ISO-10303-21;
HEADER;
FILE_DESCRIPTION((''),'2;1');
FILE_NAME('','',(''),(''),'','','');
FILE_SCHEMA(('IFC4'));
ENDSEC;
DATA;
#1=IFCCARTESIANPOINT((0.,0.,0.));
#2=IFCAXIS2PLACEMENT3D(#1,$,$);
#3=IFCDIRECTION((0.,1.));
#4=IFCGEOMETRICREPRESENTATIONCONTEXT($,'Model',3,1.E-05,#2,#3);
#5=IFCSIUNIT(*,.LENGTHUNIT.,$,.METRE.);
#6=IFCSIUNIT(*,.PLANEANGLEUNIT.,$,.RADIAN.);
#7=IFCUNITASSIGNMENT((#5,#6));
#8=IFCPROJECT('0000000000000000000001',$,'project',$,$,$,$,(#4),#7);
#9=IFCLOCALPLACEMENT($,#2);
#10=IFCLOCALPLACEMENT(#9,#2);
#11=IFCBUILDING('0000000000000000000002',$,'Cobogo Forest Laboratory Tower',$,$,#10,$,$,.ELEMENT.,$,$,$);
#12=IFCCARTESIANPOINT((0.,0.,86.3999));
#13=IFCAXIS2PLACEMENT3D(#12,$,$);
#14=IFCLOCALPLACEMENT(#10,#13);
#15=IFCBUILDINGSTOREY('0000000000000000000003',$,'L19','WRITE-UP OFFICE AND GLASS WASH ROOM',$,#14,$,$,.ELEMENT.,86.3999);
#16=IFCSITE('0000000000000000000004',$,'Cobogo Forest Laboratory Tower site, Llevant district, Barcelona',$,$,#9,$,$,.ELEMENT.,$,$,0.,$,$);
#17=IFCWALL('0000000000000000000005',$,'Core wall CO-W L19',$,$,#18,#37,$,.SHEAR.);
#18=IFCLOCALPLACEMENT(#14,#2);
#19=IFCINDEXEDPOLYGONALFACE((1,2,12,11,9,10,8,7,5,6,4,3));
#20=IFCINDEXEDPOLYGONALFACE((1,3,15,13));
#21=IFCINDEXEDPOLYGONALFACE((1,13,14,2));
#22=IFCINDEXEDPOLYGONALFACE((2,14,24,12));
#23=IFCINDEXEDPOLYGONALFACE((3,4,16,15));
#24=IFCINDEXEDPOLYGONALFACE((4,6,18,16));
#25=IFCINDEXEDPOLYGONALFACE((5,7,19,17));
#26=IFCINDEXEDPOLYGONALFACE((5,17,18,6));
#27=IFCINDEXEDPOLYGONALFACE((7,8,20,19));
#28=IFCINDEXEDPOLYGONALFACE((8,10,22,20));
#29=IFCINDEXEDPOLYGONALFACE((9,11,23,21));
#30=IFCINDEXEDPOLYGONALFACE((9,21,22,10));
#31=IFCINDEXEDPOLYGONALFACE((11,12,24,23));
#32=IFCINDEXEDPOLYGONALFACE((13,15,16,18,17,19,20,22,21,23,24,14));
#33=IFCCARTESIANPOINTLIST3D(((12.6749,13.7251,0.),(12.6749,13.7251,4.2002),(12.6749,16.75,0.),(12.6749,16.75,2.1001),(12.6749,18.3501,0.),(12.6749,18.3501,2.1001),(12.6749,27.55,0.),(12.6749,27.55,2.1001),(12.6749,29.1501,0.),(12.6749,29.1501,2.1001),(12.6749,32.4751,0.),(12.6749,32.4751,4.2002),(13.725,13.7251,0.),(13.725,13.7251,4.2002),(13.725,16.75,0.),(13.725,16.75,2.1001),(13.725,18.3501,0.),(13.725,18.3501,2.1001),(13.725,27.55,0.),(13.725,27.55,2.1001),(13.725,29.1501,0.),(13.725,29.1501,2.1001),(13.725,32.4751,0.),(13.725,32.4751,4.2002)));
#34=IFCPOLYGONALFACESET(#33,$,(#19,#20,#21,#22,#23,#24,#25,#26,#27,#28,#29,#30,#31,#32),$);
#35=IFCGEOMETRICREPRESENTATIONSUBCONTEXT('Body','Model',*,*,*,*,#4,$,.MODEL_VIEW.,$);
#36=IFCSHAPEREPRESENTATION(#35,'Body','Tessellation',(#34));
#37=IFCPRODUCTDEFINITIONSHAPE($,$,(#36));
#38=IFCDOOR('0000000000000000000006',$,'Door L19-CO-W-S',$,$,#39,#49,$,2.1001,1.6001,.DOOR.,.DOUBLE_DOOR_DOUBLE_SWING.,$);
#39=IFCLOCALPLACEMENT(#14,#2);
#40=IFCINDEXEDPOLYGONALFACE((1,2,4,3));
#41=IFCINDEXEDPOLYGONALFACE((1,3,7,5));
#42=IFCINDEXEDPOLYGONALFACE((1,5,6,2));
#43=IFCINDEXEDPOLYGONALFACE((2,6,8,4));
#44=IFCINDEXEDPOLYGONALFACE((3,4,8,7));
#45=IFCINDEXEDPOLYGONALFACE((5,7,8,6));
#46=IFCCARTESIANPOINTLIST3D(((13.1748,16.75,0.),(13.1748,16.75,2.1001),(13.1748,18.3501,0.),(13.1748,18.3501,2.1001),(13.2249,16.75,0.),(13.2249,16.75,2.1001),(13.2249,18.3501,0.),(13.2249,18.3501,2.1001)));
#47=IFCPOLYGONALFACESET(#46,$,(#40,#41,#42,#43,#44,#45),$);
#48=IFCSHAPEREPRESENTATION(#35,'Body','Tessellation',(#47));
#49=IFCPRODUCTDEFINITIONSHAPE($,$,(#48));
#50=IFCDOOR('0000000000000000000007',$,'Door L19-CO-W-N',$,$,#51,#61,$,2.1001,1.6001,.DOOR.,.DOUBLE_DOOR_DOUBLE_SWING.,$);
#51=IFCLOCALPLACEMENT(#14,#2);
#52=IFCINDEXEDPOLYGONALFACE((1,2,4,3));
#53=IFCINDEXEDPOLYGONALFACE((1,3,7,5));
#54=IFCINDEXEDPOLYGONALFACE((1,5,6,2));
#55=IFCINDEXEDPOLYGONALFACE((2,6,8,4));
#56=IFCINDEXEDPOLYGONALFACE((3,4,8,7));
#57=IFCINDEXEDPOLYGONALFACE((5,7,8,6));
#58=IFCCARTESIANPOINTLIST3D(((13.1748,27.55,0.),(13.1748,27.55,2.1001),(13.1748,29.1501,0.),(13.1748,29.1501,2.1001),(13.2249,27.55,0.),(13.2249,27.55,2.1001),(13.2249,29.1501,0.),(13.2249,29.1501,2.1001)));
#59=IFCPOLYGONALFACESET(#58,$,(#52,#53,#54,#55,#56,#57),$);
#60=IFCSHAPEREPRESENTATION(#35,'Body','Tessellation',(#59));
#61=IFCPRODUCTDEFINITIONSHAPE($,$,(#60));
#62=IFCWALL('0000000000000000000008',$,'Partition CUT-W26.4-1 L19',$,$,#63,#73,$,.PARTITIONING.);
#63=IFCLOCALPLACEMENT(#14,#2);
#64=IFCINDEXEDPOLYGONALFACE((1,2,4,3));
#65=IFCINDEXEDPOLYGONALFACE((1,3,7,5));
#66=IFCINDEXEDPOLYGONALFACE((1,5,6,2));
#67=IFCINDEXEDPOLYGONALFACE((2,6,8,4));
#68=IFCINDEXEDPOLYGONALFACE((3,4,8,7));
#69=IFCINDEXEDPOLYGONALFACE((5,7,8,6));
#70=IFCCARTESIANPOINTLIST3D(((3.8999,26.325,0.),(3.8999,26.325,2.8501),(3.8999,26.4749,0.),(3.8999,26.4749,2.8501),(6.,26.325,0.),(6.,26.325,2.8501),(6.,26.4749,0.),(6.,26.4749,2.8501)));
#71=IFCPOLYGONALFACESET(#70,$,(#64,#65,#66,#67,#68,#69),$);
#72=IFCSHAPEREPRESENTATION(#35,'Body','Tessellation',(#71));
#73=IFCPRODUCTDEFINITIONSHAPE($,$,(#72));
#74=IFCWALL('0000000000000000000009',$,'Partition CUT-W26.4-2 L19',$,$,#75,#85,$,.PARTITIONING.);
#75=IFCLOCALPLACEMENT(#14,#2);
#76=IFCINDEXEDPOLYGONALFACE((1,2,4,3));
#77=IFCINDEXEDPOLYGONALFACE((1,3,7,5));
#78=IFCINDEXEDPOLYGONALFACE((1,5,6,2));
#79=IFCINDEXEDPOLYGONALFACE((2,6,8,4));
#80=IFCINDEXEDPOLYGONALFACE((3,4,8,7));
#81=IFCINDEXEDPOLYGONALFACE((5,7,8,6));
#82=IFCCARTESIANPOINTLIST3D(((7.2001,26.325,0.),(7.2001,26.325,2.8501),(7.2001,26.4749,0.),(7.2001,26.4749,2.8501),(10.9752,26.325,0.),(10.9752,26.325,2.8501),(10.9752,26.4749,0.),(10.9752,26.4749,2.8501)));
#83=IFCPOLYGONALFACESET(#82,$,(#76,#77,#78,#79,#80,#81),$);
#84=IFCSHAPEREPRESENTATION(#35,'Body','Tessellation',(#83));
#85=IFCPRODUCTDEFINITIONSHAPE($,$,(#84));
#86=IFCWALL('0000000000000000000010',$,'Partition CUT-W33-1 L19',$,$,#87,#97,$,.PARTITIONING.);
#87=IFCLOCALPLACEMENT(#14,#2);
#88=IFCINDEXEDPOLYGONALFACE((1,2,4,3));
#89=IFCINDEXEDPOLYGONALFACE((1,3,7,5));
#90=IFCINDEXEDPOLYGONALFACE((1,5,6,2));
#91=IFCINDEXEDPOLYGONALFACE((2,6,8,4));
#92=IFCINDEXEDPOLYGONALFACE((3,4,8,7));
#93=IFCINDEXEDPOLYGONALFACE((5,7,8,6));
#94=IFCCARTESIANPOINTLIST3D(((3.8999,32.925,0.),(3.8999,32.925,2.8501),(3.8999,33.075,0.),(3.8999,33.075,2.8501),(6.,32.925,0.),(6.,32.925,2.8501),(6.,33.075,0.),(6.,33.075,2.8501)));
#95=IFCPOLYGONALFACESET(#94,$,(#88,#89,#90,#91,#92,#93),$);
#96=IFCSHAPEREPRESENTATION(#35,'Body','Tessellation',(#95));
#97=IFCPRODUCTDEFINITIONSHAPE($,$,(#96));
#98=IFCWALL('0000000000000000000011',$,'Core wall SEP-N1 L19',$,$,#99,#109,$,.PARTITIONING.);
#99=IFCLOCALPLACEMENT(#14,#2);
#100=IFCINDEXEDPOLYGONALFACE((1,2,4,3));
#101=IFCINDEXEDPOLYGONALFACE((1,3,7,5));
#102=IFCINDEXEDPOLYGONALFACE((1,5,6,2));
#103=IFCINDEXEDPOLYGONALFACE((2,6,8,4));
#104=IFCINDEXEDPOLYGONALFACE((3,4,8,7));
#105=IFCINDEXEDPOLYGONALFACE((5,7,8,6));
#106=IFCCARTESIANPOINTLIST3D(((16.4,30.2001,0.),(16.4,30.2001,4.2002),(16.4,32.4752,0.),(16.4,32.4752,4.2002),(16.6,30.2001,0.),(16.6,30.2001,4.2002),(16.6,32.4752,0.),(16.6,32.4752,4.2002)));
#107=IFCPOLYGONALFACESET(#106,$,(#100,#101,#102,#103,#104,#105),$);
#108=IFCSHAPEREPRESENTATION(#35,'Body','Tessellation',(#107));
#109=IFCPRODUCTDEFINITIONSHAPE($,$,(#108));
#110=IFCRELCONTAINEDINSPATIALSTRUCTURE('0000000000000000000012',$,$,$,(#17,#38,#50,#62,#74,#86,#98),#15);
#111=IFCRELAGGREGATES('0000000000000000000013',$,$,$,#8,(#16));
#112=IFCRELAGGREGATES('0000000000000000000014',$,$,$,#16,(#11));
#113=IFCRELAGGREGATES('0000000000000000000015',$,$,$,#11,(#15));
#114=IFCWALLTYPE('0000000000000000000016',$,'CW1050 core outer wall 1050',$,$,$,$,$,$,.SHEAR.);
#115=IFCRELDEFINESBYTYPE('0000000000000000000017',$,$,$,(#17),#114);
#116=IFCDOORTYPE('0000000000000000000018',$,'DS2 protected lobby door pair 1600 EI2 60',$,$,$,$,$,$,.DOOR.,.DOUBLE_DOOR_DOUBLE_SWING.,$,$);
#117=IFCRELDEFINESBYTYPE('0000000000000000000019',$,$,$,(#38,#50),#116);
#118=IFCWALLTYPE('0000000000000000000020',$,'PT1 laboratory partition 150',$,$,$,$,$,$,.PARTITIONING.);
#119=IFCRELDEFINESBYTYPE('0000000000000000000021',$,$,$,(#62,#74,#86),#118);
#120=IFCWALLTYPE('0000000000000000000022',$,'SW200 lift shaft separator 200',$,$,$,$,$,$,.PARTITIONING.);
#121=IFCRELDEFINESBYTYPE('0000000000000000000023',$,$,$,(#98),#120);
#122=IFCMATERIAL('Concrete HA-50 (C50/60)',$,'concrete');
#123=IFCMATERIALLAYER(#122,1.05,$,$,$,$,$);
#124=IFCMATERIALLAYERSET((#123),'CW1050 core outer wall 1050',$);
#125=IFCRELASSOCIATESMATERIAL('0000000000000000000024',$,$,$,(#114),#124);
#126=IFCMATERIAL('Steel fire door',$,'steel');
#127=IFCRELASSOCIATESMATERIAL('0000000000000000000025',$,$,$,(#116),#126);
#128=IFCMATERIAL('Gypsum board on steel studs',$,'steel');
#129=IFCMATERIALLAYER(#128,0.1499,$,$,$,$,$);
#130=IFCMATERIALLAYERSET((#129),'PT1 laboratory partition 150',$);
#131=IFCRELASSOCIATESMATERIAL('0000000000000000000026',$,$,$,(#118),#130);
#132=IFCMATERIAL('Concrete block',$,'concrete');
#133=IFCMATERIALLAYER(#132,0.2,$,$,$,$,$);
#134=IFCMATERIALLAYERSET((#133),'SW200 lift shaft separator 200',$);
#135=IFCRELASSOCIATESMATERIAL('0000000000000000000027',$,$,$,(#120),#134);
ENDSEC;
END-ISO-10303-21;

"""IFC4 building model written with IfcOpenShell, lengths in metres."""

from ifc_helpers import new_model, si_unit, direction, frame, frame_2d, origin, place, context, subcontext, project, spatial, rectangle, extrude, material, layer, layer_set, type_object, element, fill, save


model = new_model("IFC4")

# Units and contexts
model_context = context("Model", 3, precision=1e-05, world=origin(), true_north=direction((0.0, 1.0)))
body_context = subcontext(model_context, "Body", "Model", "MODEL_VIEW")
ifc_project = project(units=[si_unit("LENGTHUNIT", "METRE"), si_unit("PLANEANGLEUNIT", "RADIAN")], contexts=[model_context])

# Site, building, storey
site_placement = place(None, origin())
site = spatial("IfcSite", under=ifc_project, at=site_placement, Name="Cobogo Forest Laboratory Tower site, Llevant district, Barcelona", CompositionType="ELEMENT", RefElevation=0.0)
building_placement = place(site_placement, origin())
building = spatial("IfcBuilding", under=site, at=building_placement, Name="Cobogo Forest Laboratory Tower", CompositionType="ELEMENT")
storey_placement = place(building_placement, frame((0.0, 0.0, 86.3999)))
storey = spatial("IfcBuildingStorey", under=building, at=storey_placement, Name="L19", Description="WRITE-UP OFFICE AND GLASS WASH ROOM", CompositionType="ELEMENT", Elevation=86.3999)

# Shared definitions
ifc_material_1 = material(Name="Concrete HA-50 (C50/60)", Category="concrete")

# Shared definitions
ifc_material_2 = material(Name="Steel fire door", Category="steel")

# Wall, openings, doors
ifc_layer_1 = layer(ifc_material_1, 1.05)
ifc_layer_set_1 = layer_set([ifc_layer_1], Name="CW1050 core outer wall 1050")
wall_type_1 = type_object("IfcWallType", Name="CW1050 core outer wall 1050", PredefinedType="SHEAR", material=ifc_layer_set_1)
wall_1_placement = place(storey_placement, frame((13.2, 32.4751, 0.0), z_axis=(0.0, 0.0, 1.0), x_axis=(0.0, -1.0, 0.0)))
wall_1 = element("IfcWall", 1, at=wall_1_placement, inside=storey, type_object=wall_type_1, Name="Core wall CO-W L19", PredefinedType="SHEAR", context=body_context, shape_type="SweptSolid", body=[
    extrude(rectangle(XDim=18.75, YDim=1.05, at=frame_2d((9.375, 0.0))), origin(), (0.0, 0.0, 1.0), 4.2002),
])
opening_1_placement = place(wall_1_placement, frame((14.125, 0.0, 0.0)))
opening_1 = element("IfcOpeningElement", 2, at=opening_1_placement, cuts=wall_1, PredefinedType="OPENING", context=body_context, shape_type="SweptSolid", body=[
    extrude(rectangle(XDim=1.6001, YDim=2.1001, at=frame_2d((0.8, 1.05))), frame((0.0, 0.5349, 0.0), z_axis=(0.0, -1.0, 0.0), x_axis=(1.0, 0.0, 0.0)), (0.0, 0.0, 1.0), 1.0701),
])
opening_2_placement = place(wall_1_placement, frame((3.325, 0.0, 0.0)))
opening_2 = element("IfcOpeningElement", 3, at=opening_2_placement, cuts=wall_1, PredefinedType="OPENING", context=body_context, shape_type="SweptSolid", body=[
    extrude(rectangle(XDim=1.6001, YDim=2.1001, at=frame_2d((0.8, 1.05))), frame((0.0, 0.5349, 0.0), z_axis=(0.0, -1.0, 0.0), x_axis=(1.0, 0.0, 0.0)), (0.0, 0.0, 1.0), 1.0701),
])
door_type_1 = type_object("IfcDoorType", Name="DS2 protected lobby door pair 1600 EI2 60", OperationType="DOUBLE_DOOR_DOUBLE_SWING", PredefinedType="DOOR", material=ifc_material_2)
door_1_placement = place(opening_1_placement, origin())
door_1 = element("IfcDoor", 4, at=door_1_placement, inside=storey, type_object=door_type_1, Name="Door L19-CO-W-S", OperationType="DOUBLE_DOOR_DOUBLE_SWING", OverallHeight=2.1001, OverallWidth=1.6001, PredefinedType="DOOR", context=body_context, shape_type="SweptSolid", body=[
    extrude(rectangle(XDim=1.6001, YDim=2.1001, at=frame_2d((0.8, 1.05))), frame((0.0, 0.0249, 0.0), z_axis=(0.0, -1.0, 0.0), x_axis=(1.0, 0.0, 0.0)), (0.0, 0.0, 1.0), 0.05),
])
fill(opening_1, door_1)
door_2_placement = place(opening_2_placement, origin())
door_2 = element("IfcDoor", 5, at=door_2_placement, inside=storey, type_object=door_type_1, Name="Door L19-CO-W-N", OperationType="DOUBLE_DOOR_DOUBLE_SWING", OverallHeight=2.1001, OverallWidth=1.6001, PredefinedType="DOOR", context=body_context, shape_type="SweptSolid", body=[
    extrude(rectangle(XDim=1.6001, YDim=2.1001, at=frame_2d((0.8, 1.05))), frame((0.0, 0.0249, 0.0), z_axis=(0.0, -1.0, 0.0), x_axis=(1.0, 0.0, 0.0)), (0.0, 0.0, 1.0), 0.05),
])
fill(opening_2, door_2)

# Walls
ifc_material_3 = material(Name="Gypsum board on steel studs", Category="steel")
ifc_layer_2 = layer(ifc_material_3, 0.1499)
ifc_layer_set_2 = layer_set([ifc_layer_2], Name="PT1 laboratory partition 150")
wall_type_2 = type_object("IfcWallType", Name="PT1 laboratory partition 150", PredefinedType="PARTITIONING", material=ifc_layer_set_2)
wall_2_placement = place(storey_placement, frame((3.8999, 26.3999, 0.0), z_axis=(0.0, 0.0, 1.0), x_axis=(1.0, 0.0, 0.0)))
element("IfcWall", 6, at=wall_2_placement, inside=storey, type_object=wall_type_2, Name="Partition CUT-W26.4-1 L19", PredefinedType="PARTITIONING", context=body_context, shape_type="SweptSolid", body=[
    extrude(rectangle(XDim=2.1001, YDim=0.1499, at=frame_2d((1.05, 0.0))), origin(), (0.0, 0.0, 1.0), 2.8501),
])
wall_3_placement = place(storey_placement, frame((7.2, 26.3999, 0.0), z_axis=(0.0, 0.0, 1.0), x_axis=(1.0, 0.0, 0.0)))
element("IfcWall", 7, at=wall_3_placement, inside=storey, type_object=wall_type_2, Name="Partition CUT-W26.4-2 L19", PredefinedType="PARTITIONING", context=body_context, shape_type="SweptSolid", body=[
    extrude(rectangle(XDim=3.7751, YDim=0.1499, at=frame_2d((1.8877, 0.0))), origin(), (0.0, 0.0, 1.0), 2.8501),
])
wall_4_placement = place(storey_placement, frame((3.8999, 33.0, 0.0), z_axis=(0.0, 0.0, 1.0), x_axis=(1.0, 0.0, 0.0)))
element("IfcWall", 8, at=wall_4_placement, inside=storey, type_object=wall_type_2, Name="Partition CUT-W33-1 L19", PredefinedType="PARTITIONING", context=body_context, shape_type="SweptSolid", body=[
    extrude(rectangle(XDim=2.1001, YDim=0.1499, at=frame_2d((1.05, 0.0))), origin(), (0.0, 0.0, 1.0), 2.8501),
])
ifc_material_4 = material(Name="Concrete block", Category="concrete")
ifc_layer_3 = layer(ifc_material_4, 0.2)
ifc_layer_set_3 = layer_set([ifc_layer_3], Name="SW200 lift shaft separator 200")
wall_type_3 = type_object("IfcWallType", Name="SW200 lift shaft separator 200", PredefinedType="PARTITIONING", material=ifc_layer_set_3)
wall_5_placement = place(storey_placement, frame((16.5, 30.2, 0.0), z_axis=(0.0, 0.0, 1.0), x_axis=(0.0, 1.0, 0.0)))
element("IfcWall", 9, at=wall_5_placement, inside=storey, type_object=wall_type_3, Name="Core wall SEP-N1 L19", PredefinedType="PARTITIONING", context=body_context, shape_type="SweptSolid", body=[
    extrude(rectangle(XDim=2.2751, YDim=0.2, at=frame_2d((1.1377, 0.0))), origin(), (0.0, 0.0, 1.0), 4.2002),
])

save(model, "model.ifc")
